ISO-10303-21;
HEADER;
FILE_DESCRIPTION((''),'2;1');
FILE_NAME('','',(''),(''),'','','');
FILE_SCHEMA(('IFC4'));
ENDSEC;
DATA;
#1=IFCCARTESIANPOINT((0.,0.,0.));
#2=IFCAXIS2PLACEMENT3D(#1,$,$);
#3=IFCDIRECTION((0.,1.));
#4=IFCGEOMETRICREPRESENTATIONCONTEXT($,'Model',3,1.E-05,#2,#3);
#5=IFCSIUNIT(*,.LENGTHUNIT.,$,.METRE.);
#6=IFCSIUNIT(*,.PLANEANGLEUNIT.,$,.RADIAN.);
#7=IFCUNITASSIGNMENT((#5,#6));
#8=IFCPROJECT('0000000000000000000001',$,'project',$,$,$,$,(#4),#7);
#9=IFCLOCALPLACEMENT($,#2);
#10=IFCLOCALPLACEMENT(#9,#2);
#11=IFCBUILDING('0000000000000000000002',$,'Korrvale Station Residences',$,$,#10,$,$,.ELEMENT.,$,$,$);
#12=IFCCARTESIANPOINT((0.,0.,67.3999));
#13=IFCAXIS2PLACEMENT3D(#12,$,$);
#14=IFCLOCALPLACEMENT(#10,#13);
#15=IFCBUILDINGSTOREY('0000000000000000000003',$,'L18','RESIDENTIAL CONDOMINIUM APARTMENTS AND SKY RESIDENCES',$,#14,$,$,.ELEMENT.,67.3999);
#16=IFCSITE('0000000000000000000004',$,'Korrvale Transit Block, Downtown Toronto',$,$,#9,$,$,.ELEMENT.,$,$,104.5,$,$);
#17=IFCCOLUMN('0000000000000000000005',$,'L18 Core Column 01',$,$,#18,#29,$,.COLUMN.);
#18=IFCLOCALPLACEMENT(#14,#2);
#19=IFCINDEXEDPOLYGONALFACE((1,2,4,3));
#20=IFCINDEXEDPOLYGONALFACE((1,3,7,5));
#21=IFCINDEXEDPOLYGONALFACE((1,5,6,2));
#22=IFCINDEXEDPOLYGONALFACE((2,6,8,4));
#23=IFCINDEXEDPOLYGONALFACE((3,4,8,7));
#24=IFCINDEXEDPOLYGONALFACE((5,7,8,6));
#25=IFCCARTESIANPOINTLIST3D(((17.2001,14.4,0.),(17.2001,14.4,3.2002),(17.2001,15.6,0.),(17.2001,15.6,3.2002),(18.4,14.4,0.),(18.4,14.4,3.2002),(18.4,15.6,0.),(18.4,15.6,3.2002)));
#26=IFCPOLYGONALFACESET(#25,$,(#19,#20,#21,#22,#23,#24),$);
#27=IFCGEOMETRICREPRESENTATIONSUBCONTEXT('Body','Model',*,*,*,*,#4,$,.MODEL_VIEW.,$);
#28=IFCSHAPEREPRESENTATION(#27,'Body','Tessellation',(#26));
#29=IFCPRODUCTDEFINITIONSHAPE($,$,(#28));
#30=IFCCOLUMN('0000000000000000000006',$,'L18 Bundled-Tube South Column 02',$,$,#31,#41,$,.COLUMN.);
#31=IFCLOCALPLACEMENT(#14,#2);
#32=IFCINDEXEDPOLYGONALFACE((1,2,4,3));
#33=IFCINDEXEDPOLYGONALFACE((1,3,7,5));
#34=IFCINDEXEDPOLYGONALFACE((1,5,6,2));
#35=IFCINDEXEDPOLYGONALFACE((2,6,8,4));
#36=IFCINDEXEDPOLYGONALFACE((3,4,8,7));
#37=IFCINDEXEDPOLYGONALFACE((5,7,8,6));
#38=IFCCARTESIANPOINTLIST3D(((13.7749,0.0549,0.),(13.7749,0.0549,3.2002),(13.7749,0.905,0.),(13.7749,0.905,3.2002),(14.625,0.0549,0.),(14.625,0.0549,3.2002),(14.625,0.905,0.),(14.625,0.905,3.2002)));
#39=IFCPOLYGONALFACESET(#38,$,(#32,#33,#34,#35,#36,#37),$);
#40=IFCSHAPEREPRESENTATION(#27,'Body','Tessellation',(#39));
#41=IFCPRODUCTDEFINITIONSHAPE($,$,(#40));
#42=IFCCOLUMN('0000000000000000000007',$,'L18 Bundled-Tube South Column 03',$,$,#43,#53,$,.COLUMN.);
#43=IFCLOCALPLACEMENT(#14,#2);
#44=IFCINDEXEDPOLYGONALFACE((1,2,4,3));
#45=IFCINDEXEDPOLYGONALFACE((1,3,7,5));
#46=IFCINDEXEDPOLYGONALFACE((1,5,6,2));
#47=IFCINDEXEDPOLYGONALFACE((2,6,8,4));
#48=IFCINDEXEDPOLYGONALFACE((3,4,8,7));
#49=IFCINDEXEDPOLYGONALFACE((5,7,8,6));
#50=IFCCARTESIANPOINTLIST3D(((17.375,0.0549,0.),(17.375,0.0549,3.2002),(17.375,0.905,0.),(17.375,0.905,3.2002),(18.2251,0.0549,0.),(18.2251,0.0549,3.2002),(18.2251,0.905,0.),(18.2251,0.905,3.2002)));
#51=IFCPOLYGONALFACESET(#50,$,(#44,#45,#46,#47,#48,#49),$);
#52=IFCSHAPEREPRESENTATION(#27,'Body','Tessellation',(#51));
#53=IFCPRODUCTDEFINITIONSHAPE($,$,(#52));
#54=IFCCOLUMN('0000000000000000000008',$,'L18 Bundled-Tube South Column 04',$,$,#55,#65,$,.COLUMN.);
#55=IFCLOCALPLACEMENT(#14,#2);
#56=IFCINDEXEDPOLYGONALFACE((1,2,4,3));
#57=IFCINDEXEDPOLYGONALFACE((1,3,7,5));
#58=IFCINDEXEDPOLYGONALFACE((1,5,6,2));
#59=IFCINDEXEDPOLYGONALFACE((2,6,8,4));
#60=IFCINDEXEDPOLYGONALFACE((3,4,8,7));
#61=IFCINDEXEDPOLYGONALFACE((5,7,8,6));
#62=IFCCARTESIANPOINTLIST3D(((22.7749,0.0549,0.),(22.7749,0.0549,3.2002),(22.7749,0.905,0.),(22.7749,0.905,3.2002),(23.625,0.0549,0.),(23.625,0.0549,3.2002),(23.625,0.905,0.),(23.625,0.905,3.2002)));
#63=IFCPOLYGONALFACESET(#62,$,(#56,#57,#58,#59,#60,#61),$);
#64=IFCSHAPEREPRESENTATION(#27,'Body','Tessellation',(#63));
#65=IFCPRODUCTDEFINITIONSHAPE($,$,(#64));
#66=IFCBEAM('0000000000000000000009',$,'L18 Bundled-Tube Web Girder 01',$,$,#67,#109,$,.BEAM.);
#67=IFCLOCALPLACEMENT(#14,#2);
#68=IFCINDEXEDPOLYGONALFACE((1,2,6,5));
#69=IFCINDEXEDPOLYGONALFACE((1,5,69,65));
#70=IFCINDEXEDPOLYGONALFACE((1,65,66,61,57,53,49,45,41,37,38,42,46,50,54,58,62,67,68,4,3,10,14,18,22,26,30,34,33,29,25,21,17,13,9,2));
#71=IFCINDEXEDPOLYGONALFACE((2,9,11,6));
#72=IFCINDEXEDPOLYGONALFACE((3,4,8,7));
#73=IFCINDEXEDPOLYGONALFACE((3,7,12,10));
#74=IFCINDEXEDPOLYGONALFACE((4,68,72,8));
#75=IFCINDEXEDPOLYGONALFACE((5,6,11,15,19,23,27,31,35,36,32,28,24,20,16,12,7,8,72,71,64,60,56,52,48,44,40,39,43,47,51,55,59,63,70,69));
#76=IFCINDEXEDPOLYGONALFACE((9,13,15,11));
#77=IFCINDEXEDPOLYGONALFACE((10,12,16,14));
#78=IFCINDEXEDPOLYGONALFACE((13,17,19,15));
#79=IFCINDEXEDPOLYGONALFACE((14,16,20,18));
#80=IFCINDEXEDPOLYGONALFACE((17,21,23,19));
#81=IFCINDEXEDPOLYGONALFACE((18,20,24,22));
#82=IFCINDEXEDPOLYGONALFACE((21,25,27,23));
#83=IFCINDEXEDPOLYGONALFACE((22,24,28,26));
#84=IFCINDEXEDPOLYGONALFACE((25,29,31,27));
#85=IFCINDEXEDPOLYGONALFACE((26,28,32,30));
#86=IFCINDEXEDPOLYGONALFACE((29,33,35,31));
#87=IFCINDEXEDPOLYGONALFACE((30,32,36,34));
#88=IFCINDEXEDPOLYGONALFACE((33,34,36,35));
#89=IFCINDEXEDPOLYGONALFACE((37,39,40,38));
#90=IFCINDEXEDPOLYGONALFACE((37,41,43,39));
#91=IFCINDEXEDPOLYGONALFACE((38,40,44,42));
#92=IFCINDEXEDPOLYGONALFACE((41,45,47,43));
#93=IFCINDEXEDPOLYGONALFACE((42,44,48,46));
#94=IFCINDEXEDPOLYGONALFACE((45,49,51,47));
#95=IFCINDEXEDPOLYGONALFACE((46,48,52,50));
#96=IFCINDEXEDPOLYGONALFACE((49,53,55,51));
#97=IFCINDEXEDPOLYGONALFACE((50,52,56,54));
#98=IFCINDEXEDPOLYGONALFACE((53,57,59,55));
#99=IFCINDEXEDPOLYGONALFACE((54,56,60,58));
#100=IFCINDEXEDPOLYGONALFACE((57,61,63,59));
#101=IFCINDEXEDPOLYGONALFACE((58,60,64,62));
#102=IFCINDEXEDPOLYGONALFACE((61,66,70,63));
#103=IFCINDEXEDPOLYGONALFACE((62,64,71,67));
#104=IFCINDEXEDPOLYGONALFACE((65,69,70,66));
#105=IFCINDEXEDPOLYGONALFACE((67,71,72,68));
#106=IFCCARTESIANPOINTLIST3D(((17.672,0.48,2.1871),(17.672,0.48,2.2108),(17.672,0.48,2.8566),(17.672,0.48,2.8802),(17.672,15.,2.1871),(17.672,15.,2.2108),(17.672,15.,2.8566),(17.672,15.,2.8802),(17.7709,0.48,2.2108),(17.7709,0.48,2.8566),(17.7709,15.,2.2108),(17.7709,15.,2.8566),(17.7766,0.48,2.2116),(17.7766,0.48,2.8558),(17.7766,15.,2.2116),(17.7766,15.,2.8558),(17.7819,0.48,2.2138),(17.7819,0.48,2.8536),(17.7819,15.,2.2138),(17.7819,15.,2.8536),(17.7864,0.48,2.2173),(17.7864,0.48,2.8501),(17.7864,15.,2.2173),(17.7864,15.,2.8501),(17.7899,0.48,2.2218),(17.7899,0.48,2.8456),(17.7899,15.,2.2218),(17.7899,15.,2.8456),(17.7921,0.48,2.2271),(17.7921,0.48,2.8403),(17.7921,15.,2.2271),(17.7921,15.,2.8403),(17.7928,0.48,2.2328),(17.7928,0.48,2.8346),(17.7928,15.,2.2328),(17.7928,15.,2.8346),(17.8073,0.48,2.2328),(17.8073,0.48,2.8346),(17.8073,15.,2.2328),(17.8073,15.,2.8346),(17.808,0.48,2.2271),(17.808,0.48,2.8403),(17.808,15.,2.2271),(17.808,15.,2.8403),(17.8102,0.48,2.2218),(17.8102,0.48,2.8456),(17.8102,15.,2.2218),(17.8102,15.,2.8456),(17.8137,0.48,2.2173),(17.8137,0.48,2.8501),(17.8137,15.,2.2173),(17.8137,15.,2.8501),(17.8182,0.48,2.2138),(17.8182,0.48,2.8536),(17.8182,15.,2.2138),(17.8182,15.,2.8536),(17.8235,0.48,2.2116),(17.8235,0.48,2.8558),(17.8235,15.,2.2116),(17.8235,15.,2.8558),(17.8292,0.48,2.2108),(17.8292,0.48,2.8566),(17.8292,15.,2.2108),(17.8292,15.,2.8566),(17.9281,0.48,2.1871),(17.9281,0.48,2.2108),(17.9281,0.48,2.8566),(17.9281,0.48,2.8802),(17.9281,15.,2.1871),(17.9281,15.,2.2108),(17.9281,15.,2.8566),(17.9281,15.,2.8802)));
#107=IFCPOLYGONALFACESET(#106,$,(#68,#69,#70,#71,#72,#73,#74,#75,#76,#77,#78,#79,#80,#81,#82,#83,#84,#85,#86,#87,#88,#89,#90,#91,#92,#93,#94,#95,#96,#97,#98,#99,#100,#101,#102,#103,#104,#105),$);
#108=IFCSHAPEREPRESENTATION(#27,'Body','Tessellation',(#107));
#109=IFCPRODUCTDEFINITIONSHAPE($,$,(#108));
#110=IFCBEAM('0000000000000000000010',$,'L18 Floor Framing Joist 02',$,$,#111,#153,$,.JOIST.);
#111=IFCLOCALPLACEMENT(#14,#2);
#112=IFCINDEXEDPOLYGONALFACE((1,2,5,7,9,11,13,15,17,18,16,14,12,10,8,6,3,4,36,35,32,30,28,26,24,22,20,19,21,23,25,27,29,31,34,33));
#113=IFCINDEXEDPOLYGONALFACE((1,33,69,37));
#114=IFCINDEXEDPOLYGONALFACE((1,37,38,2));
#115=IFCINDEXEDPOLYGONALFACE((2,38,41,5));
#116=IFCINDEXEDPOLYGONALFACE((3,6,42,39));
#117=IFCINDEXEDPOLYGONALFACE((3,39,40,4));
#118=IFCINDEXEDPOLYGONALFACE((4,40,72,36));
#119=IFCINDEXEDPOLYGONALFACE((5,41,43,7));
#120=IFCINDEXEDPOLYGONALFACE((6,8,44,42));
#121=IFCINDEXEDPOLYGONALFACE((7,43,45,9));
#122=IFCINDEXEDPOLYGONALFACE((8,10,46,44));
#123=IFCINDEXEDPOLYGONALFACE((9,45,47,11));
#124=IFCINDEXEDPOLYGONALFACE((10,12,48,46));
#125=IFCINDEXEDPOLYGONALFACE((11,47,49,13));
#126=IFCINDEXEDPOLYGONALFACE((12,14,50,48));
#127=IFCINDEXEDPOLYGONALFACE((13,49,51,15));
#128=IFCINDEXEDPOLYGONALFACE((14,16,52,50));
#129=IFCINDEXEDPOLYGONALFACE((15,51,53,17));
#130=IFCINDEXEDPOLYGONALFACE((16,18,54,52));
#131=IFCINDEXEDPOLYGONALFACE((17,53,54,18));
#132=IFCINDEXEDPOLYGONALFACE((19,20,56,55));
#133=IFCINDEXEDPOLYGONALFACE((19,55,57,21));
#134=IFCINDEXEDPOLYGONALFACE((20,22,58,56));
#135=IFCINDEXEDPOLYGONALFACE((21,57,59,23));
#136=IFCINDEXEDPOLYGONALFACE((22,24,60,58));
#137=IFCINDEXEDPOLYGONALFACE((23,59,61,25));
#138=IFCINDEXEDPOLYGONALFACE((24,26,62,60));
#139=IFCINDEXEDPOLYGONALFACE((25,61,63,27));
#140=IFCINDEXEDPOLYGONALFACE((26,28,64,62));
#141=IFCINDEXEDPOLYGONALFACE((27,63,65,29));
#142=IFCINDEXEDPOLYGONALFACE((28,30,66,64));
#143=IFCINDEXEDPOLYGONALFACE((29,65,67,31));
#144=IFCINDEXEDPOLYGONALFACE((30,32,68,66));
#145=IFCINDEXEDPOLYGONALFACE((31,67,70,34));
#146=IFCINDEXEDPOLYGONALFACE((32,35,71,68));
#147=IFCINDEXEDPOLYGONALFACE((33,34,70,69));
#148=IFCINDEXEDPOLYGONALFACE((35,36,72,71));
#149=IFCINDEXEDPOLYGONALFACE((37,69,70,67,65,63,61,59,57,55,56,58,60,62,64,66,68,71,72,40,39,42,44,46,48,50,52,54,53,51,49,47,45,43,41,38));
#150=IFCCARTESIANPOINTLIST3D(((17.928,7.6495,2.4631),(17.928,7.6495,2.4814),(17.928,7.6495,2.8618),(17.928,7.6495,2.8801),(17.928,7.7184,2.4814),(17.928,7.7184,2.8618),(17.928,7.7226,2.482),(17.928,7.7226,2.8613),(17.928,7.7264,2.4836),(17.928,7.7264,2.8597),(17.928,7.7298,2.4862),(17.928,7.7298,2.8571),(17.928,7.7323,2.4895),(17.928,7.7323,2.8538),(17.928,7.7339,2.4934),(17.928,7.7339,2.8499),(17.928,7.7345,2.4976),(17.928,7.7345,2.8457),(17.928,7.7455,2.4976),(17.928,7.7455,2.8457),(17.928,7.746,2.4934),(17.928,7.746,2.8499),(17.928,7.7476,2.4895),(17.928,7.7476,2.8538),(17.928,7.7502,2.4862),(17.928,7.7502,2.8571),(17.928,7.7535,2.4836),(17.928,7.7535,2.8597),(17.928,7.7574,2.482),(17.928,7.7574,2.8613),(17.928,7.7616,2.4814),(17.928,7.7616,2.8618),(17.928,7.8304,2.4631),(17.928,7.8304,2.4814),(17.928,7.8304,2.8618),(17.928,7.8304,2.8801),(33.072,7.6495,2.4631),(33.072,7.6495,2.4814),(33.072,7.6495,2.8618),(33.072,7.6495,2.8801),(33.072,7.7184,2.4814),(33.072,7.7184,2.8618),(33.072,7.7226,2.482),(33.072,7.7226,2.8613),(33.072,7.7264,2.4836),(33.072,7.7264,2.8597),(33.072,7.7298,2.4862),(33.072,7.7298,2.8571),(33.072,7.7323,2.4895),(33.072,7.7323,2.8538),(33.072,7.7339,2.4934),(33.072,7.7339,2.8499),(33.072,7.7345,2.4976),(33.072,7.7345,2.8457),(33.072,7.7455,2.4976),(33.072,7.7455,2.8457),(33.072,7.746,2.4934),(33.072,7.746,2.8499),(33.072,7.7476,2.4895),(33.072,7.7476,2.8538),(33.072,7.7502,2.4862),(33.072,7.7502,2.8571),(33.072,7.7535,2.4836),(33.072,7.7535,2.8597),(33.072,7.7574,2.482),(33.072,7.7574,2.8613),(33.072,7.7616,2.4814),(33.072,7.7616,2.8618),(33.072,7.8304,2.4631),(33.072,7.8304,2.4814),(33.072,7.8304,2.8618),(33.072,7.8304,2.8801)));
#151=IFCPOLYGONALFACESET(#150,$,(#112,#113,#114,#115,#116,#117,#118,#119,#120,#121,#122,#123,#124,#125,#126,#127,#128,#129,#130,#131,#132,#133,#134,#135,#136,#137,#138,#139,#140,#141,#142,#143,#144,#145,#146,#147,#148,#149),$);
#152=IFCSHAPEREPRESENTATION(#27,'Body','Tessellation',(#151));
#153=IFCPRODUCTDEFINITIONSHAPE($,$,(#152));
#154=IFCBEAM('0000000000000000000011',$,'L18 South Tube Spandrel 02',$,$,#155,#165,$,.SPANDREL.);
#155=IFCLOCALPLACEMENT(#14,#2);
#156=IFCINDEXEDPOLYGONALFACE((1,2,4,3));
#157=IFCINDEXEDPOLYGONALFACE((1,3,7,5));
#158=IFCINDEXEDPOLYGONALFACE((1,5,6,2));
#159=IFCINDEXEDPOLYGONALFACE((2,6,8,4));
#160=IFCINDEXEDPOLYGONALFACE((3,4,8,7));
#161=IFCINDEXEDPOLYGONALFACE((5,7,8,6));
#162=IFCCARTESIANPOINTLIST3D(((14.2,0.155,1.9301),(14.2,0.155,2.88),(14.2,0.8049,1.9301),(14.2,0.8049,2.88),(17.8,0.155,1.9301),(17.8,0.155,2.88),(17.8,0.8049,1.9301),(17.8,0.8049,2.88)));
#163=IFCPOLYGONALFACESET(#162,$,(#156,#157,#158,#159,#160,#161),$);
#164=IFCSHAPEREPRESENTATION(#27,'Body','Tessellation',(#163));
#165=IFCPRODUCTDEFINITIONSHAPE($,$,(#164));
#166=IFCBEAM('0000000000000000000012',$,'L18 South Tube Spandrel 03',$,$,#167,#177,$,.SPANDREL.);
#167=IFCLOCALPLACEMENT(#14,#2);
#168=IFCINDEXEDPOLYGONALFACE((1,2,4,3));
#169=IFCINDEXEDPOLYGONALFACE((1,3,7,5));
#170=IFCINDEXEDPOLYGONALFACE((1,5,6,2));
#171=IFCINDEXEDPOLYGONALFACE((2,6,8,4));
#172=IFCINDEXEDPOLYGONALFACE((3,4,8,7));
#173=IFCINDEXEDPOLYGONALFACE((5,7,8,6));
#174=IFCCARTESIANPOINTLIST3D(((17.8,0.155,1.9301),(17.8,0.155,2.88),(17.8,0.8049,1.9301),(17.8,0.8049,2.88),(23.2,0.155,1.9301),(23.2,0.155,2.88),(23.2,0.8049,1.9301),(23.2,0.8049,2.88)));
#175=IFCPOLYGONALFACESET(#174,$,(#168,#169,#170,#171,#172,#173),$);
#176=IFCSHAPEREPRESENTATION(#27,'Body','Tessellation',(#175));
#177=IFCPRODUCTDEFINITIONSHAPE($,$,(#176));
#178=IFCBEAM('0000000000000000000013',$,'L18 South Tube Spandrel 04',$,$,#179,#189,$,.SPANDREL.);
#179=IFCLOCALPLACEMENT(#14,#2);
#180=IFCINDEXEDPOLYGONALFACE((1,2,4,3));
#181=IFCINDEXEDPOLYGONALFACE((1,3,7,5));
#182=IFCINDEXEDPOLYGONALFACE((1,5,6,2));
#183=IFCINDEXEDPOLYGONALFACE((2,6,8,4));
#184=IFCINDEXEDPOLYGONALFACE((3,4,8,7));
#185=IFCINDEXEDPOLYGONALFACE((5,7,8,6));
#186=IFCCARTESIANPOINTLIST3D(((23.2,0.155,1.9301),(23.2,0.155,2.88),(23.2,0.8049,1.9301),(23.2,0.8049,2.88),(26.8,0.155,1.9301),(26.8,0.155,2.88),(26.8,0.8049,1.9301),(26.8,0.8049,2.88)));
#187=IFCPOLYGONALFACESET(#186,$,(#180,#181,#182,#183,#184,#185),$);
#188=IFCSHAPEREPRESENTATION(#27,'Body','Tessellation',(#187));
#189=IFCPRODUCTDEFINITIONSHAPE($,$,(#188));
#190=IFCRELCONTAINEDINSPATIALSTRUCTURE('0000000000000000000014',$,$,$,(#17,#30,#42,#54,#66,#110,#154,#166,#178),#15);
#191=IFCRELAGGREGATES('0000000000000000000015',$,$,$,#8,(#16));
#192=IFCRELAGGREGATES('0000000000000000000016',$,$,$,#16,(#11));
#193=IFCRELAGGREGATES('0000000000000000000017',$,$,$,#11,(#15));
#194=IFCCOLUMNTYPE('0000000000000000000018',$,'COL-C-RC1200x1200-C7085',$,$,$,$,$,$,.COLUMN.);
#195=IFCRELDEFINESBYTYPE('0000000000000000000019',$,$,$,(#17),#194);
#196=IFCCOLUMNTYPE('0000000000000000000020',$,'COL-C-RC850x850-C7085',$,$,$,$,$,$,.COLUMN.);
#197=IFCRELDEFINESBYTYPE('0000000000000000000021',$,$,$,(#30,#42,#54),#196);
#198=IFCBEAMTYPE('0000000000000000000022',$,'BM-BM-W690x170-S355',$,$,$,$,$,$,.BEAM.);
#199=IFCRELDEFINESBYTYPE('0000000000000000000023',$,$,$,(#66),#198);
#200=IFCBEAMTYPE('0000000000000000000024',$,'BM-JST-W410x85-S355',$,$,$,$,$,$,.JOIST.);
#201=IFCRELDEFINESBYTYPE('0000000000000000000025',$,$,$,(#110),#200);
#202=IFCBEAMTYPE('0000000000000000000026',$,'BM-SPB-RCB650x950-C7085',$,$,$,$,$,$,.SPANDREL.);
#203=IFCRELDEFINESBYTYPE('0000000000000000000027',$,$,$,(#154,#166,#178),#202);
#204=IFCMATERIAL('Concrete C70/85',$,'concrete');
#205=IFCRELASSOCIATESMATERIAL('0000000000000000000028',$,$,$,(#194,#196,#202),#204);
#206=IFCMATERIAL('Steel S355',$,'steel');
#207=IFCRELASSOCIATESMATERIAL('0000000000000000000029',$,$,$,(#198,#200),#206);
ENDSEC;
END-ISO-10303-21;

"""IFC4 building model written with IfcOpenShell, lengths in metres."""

from ifc_helpers import new_model, si_unit, direction, frame, origin, origin_2d, place, context, subcontext, project, spatial, rectangle, i_section, extrude, material, material_profile, profile_set, type_object, element, save


model = new_model("IFC4")

# Units and contexts
model_context = context("Model", 3, precision=1e-05, world=origin(), true_north=direction((0.0, 1.0)))
body_context = subcontext(model_context, "Body", "Model", "MODEL_VIEW")
ifc_project = project(units=[si_unit("LENGTHUNIT", "METRE"), si_unit("PLANEANGLEUNIT", "RADIAN")], contexts=[model_context])

# Site, building, storey
site_placement = place(None, origin())
site = spatial("IfcSite", under=ifc_project, at=site_placement, Name="Korrvale Transit Block, Downtown Toronto", CompositionType="ELEMENT", RefElevation=104.5)
building_placement = place(site_placement, origin())
building = spatial("IfcBuilding", under=site, at=building_placement, Name="Korrvale Station Residences", CompositionType="ELEMENT")
storey_placement = place(building_placement, frame((0.0, 0.0, 67.3999)))
storey = spatial("IfcBuildingStorey", under=building, at=storey_placement, Name="L18", Description="RESIDENTIAL CONDOMINIUM APARTMENTS AND SKY RESIDENCES", CompositionType="ELEMENT", Elevation=67.3999)

# Columns
ifc_material_1 = material(Name="Concrete C70/85", Category="concrete")
ifc_material_profile_1 = material_profile(ifc_material_1, rectangle(XDim=1.2, YDim=1.2, at=origin_2d()), Name="RC1200x1200")
ifc_profile_set_1 = profile_set([ifc_material_profile_1], Name="Concrete C70/85")
column_type_1 = type_object("IfcColumnType", Name="COL-C-RC1200x1200-C7085", PredefinedType="COLUMN", material=ifc_profile_set_1)
column_placement = place(storey_placement, frame((17.8, 15.0, 0.0), z_axis=(0.0, 0.0, 1.0), x_axis=(1.0, 0.0, 0.0)))
element("IfcColumn", 1, at=column_placement, inside=storey, type_object=column_type_1, Name="L18 Core Column 01", PredefinedType="COLUMN", context=body_context, shape_type="SweptSolid", body=[
    extrude(rectangle(XDim=1.2, YDim=1.2, at=origin_2d()), origin(), (0.0, 0.0, 1.0), 3.2002),
])
ifc_material_profile_2 = material_profile(ifc_material_1, rectangle(XDim=0.8501, YDim=0.8501, at=origin_2d()), Name="RC850x850")
ifc_profile_set_2 = profile_set([ifc_material_profile_2], Name="Concrete C70/85")
column_type_2 = type_object("IfcColumnType", Name="COL-C-RC850x850-C7085", PredefinedType="COLUMN", material=ifc_profile_set_2)
for number, where, z_axis, x_axis, name in (
    (2, (14.2, 0.48, 0.0), (0.0, 0.0, 1.0), (1.0, 0.0, 0.0), "L18 Bundled-Tube South Column 02"),
    (3, (17.8, 0.48, 0.0), (0.0, 0.0, 1.0), (1.0, 0.0, 0.0), "L18 Bundled-Tube South Column 03"),
    (4, (23.2, 0.48, 0.0), (0.0, 0.0, 1.0), (1.0, 0.0, 0.0), "L18 Bundled-Tube South Column 04"),
):
    element("IfcColumn", number, at=place(storey_placement, frame(where, z_axis=z_axis, x_axis=x_axis)), inside=storey, type_object=column_type_2, Name=name, PredefinedType="COLUMN", context=body_context, shape_type="SweptSolid", body=[
        extrude(rectangle(XDim=0.8501, YDim=0.8501, at=origin_2d()), origin(), (0.0, 0.0, 1.0), 3.2002),
    ])

# Beams
ifc_material_2 = material(Name="Steel S355", Category="steel")
ifc_material_profile_3 = material_profile(ifc_material_2, i_section(OverallWidth=0.2561, OverallDepth=0.6931, WebThickness=0.0144, FlangeThickness=0.0237, FilletRadius=0.022, at=origin_2d()), Name="W690x170")
ifc_profile_set_3 = profile_set([ifc_material_profile_3], Name="Steel S355")
beam_type_1 = type_object("IfcBeamType", Name="BM-BM-W690x170-S355", PredefinedType="BEAM", material=ifc_profile_set_3)
beam_1_placement = place(storey_placement, frame((17.8, 0.48, 2.5337), z_axis=(0.0, 1.0, 0.0), x_axis=(-1.0, 0.0, 0.0)))
element("IfcBeam", 5, at=beam_1_placement, inside=storey, type_object=beam_type_1, Name="L18 Bundled-Tube Web Girder 01", PredefinedType="BEAM", context=body_context, shape_type="SweptSolid", body=[
    extrude(i_section(OverallWidth=0.2561, OverallDepth=0.6931, WebThickness=0.0144, FlangeThickness=0.0237, FilletRadius=0.022, at=origin_2d()), origin(), (0.0, 0.0, 1.0), 14.52),
])
ifc_material_profile_4 = material_profile(ifc_material_2, i_section(OverallWidth=0.1809, OverallDepth=0.417, WebThickness=0.011, FlangeThickness=0.0183, FilletRadius=0.0161, at=origin_2d()), Name="W410x85")
ifc_profile_set_4 = profile_set([ifc_material_profile_4], Name="Steel S355")
beam_type_2 = type_object("IfcBeamType", Name="BM-JST-W410x85-S355", PredefinedType="JOIST", material=ifc_profile_set_4)
beam_2_placement = place(storey_placement, frame((17.928, 7.74, 2.6716), z_axis=(1.0, 0.0, 0.0), x_axis=(0.0, 1.0, 0.0)))
element("IfcBeam", 6, at=beam_2_placement, inside=storey, type_object=beam_type_2, Name="L18 Floor Framing Joist 02", PredefinedType="JOIST", context=body_context, shape_type="SweptSolid", body=[
    extrude(i_section(OverallWidth=0.1809, OverallDepth=0.417, WebThickness=0.011, FlangeThickness=0.0183, FilletRadius=0.0161, at=origin_2d()), origin(), (0.0, 0.0, 1.0), 15.144),
])
ifc_material_profile_5 = material_profile(ifc_material_1, rectangle(XDim=0.6499, YDim=0.95, at=origin_2d()), Name="RCB650x950")
ifc_profile_set_5 = profile_set([ifc_material_profile_5], Name="Concrete C70/85")
beam_type_3 = type_object("IfcBeamType", Name="BM-SPB-RCB650x950-C7085", PredefinedType="SPANDREL", material=ifc_profile_set_5)
beam_3_placement = place(storey_placement, frame((14.2, 0.48, 2.405), z_axis=(1.0, 0.0, 0.0), x_axis=(0.0, 1.0, 0.0)))
element("IfcBeam", 7, at=beam_3_placement, inside=storey, type_object=beam_type_3, Name="L18 South Tube Spandrel 02", PredefinedType="SPANDREL", context=body_context, shape_type="SweptSolid", body=[
    extrude(rectangle(XDim=0.6499, YDim=0.95, at=origin_2d()), origin(), (0.0, 0.0, 1.0), 3.6001),
])
beam_4_placement = place(storey_placement, frame((17.8, 0.48, 2.405), z_axis=(1.0, 0.0, 0.0), x_axis=(0.0, 1.0, 0.0)))
element("IfcBeam", 8, at=beam_4_placement, inside=storey, type_object=beam_type_3, Name="L18 South Tube Spandrel 03", PredefinedType="SPANDREL", context=body_context, shape_type="SweptSolid", body=[
    extrude(rectangle(XDim=0.6499, YDim=0.95, at=origin_2d()), origin(), (0.0, 0.0, 1.0), 5.3999),
])
beam_5_placement = place(storey_placement, frame((23.2, 0.48, 2.405), z_axis=(1.0, 0.0, 0.0), x_axis=(0.0, 1.0, 0.0)))
element("IfcBeam", 9, at=beam_5_placement, inside=storey, type_object=beam_type_3, Name="L18 South Tube Spandrel 04", PredefinedType="SPANDREL", context=body_context, shape_type="SweptSolid", body=[
    extrude(rectangle(XDim=0.6499, YDim=0.95, at=origin_2d()), origin(), (0.0, 0.0, 1.0), 3.6001),
])

save(model, "model.ifc")
